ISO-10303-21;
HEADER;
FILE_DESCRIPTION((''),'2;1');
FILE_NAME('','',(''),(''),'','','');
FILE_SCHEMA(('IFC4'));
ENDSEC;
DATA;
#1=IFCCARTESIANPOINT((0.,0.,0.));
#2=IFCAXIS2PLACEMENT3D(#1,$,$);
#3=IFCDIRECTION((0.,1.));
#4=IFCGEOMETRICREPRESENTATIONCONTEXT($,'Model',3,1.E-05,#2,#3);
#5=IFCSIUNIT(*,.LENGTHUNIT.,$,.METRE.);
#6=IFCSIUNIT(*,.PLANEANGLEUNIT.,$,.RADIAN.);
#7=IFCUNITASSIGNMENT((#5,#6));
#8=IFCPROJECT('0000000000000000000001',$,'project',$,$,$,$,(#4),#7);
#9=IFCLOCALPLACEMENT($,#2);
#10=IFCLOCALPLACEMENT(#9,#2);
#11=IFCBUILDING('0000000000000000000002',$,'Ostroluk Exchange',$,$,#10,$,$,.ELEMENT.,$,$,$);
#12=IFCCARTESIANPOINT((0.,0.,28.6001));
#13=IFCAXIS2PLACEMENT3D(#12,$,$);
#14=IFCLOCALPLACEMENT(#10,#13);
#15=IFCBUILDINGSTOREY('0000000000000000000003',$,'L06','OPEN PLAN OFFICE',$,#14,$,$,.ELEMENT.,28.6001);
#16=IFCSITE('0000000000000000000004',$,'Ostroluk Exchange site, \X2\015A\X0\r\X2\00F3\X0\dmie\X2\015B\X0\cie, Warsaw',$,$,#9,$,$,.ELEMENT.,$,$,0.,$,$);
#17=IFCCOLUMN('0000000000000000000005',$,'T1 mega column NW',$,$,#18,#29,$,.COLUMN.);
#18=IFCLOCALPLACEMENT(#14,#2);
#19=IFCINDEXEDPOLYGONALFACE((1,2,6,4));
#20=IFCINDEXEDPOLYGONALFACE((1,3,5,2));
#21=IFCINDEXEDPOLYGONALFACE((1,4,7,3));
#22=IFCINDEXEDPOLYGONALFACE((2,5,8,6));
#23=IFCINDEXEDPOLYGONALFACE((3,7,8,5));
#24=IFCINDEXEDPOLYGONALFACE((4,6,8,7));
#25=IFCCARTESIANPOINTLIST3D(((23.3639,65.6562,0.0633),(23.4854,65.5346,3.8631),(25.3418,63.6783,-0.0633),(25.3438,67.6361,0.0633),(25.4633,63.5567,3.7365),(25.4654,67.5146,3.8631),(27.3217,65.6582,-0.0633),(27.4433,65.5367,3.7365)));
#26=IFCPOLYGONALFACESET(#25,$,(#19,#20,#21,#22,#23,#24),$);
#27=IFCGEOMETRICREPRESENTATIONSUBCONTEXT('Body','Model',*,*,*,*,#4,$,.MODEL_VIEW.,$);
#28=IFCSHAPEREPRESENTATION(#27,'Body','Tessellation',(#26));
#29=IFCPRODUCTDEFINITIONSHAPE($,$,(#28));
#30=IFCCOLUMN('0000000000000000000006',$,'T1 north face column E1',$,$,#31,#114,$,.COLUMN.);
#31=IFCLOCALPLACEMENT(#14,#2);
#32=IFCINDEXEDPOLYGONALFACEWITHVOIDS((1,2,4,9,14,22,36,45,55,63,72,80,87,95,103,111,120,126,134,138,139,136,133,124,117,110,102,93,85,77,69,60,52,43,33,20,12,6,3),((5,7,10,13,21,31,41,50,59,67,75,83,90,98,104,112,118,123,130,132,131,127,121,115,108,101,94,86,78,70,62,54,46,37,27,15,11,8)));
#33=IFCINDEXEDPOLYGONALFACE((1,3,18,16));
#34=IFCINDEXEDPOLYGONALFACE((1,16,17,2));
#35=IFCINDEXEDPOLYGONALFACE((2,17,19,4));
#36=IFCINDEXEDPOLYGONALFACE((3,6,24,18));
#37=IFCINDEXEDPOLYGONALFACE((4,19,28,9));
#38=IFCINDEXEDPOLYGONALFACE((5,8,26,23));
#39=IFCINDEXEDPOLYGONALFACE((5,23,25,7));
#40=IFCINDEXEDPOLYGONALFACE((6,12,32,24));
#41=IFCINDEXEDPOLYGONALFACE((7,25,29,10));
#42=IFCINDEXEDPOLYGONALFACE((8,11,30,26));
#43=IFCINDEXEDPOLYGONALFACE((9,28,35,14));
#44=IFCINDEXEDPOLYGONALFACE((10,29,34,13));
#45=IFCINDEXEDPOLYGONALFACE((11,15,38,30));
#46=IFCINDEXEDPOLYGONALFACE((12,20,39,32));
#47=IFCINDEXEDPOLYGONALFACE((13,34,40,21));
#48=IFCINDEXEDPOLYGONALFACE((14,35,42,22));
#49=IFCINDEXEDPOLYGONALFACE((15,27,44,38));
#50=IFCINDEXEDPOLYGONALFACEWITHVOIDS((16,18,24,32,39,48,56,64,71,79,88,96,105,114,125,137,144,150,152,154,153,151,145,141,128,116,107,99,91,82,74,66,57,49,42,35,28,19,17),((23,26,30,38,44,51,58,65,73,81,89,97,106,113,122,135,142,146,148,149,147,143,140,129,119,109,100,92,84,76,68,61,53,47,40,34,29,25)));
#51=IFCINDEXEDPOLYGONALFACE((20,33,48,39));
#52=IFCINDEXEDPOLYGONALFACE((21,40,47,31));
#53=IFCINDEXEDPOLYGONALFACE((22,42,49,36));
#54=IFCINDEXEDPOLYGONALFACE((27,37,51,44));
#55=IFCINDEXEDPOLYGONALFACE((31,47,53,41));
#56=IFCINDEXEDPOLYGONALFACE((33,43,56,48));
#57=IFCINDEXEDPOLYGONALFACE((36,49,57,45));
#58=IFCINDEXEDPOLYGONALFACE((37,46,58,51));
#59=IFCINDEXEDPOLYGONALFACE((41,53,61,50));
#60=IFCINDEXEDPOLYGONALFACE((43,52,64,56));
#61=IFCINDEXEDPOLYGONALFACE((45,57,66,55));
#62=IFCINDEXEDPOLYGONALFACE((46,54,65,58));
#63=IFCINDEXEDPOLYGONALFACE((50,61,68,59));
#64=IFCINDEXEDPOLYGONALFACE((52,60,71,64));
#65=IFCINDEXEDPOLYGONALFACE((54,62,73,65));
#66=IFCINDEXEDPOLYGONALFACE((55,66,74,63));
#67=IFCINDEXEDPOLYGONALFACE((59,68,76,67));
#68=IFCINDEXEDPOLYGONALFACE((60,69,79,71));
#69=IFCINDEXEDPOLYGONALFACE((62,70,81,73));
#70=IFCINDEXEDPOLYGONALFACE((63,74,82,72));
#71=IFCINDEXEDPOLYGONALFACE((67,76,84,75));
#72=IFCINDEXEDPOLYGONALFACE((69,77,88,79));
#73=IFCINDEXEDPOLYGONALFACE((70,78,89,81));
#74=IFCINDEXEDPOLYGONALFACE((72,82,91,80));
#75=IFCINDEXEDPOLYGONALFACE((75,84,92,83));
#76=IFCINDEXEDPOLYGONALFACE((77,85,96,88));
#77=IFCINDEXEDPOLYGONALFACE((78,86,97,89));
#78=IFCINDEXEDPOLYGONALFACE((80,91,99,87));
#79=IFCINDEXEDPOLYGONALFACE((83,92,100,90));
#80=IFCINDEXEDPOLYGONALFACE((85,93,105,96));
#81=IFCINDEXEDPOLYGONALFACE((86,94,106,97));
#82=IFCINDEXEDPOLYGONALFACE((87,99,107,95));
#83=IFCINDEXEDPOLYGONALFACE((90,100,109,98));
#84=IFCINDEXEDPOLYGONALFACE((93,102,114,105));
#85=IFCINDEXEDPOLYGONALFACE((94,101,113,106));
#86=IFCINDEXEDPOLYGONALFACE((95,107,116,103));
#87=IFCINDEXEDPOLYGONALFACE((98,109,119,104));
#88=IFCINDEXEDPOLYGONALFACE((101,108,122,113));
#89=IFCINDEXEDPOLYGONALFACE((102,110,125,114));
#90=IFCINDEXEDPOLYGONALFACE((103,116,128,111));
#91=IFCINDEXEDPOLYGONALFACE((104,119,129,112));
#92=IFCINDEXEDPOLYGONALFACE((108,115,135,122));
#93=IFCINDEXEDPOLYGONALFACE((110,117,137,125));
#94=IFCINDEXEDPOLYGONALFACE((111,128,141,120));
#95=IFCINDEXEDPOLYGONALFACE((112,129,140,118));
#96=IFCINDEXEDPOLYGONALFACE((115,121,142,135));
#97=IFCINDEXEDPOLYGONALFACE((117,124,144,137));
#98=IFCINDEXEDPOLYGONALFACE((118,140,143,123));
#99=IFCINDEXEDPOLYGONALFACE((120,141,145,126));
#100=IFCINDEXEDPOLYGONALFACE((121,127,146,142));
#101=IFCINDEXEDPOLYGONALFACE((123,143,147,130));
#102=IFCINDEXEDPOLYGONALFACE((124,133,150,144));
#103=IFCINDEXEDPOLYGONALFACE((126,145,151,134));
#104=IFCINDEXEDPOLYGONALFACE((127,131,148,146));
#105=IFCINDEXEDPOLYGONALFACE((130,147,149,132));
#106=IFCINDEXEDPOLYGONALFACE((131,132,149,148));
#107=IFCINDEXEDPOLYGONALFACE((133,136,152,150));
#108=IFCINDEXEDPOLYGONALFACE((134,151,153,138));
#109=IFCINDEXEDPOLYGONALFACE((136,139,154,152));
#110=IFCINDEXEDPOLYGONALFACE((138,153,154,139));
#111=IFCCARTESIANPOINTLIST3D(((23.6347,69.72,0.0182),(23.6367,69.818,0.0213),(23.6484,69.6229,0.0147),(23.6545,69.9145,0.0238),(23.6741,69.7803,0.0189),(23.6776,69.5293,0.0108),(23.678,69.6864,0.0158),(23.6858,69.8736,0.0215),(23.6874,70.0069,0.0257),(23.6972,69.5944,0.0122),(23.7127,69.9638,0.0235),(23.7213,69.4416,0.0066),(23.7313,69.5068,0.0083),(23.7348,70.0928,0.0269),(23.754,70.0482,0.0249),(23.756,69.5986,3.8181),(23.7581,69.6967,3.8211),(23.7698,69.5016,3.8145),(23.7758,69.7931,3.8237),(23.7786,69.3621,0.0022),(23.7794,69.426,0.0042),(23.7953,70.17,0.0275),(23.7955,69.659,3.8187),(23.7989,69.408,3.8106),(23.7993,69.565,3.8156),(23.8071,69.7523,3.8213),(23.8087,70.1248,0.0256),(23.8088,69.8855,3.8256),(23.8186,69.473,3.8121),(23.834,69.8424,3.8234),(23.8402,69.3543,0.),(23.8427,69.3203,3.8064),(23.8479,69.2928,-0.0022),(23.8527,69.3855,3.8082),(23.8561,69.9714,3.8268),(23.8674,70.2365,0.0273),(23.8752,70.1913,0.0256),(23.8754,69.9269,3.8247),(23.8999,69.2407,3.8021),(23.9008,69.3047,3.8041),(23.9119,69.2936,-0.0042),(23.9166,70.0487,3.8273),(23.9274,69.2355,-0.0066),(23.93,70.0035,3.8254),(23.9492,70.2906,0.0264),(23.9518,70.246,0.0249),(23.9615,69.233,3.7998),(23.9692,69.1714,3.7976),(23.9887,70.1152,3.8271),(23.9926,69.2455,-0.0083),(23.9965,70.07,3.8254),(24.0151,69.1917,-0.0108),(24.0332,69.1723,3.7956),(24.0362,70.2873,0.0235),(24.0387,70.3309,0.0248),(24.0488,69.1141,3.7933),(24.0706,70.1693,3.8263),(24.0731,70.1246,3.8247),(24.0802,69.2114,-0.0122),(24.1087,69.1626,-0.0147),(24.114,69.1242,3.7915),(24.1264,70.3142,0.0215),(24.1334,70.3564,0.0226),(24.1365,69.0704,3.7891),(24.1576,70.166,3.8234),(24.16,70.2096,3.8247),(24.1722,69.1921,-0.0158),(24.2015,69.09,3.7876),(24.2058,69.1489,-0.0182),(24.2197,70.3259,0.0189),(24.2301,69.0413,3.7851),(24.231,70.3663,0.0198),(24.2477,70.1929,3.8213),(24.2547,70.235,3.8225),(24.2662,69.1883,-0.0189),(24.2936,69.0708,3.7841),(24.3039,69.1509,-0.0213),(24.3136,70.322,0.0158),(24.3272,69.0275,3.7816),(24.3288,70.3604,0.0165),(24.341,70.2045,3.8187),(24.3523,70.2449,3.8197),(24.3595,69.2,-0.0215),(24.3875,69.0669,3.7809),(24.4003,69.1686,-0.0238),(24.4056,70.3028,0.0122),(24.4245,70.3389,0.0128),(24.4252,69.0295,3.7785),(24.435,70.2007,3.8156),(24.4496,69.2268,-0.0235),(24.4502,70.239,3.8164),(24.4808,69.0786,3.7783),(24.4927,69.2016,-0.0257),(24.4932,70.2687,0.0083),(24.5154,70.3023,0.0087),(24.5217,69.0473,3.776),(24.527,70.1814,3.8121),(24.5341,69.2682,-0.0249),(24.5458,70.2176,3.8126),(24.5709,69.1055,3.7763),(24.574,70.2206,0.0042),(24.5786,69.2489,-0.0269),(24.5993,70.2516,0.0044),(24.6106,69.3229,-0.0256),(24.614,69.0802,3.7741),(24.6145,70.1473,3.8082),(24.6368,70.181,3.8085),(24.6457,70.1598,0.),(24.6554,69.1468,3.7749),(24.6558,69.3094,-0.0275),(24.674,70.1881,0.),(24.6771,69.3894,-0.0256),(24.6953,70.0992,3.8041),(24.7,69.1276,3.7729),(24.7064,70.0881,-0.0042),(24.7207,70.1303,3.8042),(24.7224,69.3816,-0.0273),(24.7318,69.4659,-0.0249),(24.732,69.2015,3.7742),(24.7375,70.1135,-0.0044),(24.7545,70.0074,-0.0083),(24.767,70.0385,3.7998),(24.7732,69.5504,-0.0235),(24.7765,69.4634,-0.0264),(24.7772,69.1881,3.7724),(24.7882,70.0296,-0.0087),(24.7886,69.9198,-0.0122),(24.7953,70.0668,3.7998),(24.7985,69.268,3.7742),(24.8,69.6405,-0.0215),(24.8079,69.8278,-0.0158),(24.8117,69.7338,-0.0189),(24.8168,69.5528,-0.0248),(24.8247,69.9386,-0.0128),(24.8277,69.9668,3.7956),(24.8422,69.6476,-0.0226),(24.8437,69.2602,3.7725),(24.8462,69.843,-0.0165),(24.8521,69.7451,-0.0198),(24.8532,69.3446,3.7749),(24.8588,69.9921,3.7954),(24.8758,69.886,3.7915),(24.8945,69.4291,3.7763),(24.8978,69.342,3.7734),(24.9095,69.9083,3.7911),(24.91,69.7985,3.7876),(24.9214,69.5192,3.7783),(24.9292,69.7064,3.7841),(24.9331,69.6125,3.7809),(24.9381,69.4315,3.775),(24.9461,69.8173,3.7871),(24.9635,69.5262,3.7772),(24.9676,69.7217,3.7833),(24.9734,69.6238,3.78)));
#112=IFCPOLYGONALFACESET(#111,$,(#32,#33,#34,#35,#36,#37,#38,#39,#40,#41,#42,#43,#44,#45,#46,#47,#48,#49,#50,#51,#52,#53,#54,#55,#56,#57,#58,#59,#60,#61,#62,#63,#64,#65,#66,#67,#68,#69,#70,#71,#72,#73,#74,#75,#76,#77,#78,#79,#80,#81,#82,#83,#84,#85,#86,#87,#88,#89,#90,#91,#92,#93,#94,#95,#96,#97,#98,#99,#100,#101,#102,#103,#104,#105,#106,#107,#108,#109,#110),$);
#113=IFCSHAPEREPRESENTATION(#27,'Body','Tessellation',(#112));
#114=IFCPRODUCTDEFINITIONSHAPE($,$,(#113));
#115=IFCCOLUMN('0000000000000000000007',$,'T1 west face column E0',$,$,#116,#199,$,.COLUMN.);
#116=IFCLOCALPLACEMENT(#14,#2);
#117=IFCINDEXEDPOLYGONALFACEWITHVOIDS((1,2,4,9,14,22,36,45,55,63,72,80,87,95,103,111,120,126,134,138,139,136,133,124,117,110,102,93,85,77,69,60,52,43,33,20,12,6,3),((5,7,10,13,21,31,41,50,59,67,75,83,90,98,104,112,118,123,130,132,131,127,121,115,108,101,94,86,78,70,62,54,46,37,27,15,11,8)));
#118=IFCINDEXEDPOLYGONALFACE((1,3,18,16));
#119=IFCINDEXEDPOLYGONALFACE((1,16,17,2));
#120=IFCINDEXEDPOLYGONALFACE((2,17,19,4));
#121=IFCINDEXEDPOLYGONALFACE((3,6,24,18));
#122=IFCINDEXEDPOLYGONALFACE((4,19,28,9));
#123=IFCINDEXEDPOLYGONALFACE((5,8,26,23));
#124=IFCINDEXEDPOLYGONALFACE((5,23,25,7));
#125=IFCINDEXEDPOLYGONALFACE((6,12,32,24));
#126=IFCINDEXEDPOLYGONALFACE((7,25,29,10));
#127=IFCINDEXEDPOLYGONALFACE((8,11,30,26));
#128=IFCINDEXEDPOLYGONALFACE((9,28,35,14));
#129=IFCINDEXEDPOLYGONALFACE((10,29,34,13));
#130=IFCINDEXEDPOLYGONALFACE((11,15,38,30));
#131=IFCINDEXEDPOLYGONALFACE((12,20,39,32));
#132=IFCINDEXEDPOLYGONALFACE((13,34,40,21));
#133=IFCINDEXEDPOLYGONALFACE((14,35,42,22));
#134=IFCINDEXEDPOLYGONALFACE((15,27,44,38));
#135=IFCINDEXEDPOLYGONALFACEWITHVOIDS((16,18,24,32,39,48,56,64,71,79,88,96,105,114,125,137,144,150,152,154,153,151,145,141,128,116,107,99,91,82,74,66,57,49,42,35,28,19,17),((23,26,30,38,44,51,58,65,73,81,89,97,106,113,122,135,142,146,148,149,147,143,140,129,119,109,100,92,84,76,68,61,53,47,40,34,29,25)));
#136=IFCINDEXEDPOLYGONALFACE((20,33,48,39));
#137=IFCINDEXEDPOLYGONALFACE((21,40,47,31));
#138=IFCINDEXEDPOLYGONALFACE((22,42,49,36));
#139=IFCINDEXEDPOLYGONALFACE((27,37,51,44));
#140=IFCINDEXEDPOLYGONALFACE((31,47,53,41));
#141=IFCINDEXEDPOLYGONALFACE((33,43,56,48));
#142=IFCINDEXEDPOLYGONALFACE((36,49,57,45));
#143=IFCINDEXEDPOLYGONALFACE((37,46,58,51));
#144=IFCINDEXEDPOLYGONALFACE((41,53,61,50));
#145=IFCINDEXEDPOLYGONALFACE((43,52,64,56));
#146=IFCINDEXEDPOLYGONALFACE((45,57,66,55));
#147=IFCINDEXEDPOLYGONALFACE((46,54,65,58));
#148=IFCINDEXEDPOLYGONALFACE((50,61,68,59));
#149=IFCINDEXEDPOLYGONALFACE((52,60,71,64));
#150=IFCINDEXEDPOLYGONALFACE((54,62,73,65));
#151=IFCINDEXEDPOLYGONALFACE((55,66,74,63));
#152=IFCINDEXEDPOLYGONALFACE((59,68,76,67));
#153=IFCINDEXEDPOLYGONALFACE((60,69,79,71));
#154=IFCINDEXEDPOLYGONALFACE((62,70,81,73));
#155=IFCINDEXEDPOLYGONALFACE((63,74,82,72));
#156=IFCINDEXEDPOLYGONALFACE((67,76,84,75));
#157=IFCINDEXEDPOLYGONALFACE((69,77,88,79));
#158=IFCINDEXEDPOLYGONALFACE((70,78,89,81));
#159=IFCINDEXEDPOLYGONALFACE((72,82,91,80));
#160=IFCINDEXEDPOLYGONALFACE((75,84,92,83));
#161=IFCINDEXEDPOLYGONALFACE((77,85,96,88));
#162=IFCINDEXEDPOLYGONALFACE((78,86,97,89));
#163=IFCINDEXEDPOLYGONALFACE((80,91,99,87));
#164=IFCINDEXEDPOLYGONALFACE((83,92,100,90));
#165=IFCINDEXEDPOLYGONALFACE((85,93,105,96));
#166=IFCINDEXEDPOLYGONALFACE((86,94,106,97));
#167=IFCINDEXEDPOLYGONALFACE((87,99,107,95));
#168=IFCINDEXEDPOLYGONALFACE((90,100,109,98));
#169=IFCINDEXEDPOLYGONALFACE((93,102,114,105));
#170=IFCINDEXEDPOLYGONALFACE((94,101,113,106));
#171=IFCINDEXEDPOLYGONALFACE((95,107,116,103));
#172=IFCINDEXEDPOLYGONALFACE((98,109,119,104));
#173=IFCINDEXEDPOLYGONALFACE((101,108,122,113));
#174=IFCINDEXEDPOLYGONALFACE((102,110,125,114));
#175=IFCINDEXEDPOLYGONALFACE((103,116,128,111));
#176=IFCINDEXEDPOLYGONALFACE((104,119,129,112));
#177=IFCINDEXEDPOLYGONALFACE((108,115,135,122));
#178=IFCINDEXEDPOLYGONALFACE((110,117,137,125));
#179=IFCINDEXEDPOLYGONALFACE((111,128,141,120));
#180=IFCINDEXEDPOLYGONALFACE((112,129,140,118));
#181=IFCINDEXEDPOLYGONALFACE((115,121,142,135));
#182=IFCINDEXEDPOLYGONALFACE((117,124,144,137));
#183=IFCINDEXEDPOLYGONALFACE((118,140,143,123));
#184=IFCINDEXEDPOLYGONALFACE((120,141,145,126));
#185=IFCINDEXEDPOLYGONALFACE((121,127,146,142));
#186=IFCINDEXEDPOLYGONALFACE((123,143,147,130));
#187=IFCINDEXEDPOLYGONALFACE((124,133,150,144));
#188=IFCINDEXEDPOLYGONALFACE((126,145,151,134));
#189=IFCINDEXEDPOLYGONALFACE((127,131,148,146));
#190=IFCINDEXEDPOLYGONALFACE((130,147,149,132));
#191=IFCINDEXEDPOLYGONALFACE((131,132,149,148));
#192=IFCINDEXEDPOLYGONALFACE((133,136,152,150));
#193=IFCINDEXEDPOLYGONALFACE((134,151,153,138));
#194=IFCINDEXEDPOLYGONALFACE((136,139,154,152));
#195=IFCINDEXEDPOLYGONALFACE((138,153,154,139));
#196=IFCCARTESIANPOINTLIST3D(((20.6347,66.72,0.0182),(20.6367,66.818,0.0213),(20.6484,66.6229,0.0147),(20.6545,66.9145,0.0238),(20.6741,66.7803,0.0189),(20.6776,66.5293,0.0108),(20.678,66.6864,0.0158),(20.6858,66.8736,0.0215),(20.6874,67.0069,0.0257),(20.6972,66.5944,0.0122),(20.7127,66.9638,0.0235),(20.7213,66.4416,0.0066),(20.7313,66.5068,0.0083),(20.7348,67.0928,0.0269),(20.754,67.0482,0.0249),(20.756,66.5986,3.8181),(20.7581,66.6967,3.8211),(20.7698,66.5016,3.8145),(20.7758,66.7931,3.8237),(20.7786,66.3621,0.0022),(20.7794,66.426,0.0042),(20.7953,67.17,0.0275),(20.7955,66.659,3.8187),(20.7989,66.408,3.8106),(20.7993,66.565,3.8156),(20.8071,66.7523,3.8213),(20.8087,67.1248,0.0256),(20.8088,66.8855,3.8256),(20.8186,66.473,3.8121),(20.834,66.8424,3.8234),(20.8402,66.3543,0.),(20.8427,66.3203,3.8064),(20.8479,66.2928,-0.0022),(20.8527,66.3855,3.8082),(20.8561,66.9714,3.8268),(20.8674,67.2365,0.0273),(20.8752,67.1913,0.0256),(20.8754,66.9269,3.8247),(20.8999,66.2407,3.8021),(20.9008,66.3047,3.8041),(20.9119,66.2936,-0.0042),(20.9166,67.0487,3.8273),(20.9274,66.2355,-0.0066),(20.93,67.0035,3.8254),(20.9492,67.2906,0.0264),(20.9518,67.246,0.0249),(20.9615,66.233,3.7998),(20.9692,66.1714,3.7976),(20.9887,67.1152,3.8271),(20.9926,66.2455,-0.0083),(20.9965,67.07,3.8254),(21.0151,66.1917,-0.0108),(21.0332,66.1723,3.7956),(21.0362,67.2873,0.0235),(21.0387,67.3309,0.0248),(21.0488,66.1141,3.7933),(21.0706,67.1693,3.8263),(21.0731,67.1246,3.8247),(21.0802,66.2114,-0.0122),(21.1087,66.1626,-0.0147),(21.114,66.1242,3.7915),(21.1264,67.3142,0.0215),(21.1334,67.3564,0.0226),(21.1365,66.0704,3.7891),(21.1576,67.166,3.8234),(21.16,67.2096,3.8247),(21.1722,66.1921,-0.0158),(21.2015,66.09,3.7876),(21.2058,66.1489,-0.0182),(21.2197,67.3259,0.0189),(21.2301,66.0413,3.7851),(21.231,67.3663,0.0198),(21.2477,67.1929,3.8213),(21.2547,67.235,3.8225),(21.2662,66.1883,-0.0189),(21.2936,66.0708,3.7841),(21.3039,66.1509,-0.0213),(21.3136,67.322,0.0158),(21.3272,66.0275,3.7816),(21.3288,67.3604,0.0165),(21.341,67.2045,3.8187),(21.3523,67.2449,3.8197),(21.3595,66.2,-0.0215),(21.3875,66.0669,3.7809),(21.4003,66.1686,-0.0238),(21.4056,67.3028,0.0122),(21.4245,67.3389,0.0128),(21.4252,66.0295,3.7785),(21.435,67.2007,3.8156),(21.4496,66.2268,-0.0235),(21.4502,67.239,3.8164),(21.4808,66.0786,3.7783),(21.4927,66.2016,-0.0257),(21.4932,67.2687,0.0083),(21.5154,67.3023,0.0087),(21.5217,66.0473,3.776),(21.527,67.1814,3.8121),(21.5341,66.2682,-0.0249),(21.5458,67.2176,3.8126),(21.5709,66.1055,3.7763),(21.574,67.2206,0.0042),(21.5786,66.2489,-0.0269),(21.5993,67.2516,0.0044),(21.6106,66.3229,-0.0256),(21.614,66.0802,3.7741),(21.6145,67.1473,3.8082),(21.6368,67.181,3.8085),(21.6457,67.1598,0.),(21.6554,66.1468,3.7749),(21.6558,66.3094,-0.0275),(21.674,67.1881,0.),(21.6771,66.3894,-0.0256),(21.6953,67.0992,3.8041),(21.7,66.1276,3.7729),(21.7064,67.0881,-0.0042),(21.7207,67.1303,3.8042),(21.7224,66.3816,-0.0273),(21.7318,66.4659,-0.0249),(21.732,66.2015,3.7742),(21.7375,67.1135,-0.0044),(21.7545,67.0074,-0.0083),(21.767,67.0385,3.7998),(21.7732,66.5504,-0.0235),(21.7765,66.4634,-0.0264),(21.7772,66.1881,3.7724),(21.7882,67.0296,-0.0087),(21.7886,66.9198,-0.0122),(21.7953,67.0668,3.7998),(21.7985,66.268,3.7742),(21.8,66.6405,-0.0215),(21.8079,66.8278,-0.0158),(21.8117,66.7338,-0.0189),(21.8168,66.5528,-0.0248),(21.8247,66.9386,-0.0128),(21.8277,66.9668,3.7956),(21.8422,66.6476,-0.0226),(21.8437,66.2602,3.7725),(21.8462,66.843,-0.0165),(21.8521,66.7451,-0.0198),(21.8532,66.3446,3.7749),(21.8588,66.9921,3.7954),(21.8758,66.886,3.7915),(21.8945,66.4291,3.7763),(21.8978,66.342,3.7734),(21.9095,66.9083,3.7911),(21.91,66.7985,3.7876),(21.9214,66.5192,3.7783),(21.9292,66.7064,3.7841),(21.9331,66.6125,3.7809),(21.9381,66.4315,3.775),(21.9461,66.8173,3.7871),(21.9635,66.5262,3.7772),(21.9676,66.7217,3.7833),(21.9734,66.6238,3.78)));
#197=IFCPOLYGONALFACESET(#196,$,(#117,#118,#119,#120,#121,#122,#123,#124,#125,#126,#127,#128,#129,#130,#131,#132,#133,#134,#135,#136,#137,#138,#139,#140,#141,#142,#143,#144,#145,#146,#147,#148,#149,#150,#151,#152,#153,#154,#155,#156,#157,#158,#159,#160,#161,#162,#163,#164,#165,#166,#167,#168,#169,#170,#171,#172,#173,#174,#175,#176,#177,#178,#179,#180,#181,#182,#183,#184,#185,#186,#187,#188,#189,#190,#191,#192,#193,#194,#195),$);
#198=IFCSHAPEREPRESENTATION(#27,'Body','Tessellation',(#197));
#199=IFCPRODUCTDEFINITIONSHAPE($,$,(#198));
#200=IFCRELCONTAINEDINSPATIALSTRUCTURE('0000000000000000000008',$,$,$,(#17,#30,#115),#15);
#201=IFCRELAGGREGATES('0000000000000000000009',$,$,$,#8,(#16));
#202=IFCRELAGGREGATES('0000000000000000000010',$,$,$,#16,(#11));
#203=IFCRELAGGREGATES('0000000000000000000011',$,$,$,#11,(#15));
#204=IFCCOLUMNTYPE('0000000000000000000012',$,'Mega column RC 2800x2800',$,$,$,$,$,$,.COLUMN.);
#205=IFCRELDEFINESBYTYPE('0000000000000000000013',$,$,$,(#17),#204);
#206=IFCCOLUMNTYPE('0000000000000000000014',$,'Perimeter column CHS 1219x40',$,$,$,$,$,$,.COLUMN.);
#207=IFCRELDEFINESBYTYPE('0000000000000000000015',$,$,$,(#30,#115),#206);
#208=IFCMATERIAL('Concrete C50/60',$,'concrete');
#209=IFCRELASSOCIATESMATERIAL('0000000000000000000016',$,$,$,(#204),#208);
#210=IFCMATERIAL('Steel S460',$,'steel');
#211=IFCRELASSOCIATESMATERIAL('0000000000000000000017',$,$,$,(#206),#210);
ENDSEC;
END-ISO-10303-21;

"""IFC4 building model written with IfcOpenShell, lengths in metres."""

from ifc_helpers import new_model, si_unit, direction, frame, origin, origin_2d, place, context, subcontext, project, spatial, rectangle, hollow_circle, extrude, material, material_profile, profile_set, type_object, element, save


model = new_model("IFC4")

# Units and contexts
model_context = context("Model", 3, precision=1e-05, world=origin(), true_north=direction((0.0, 1.0)))
body_context = subcontext(model_context, "Body", "Model", "MODEL_VIEW")
ifc_project = project(units=[si_unit("LENGTHUNIT", "METRE"), si_unit("PLANEANGLEUNIT", "RADIAN")], contexts=[model_context])

# Site, building, storey
site_placement = place(None, origin())
site = spatial("IfcSite", under=ifc_project, at=site_placement, Name="Ostroluk Exchange site, Śródmieście, Warsaw", CompositionType="ELEMENT", RefElevation=0.0)
building_placement = place(site_placement, origin())
building = spatial("IfcBuilding", under=site, at=building_placement, Name="Ostroluk Exchange", CompositionType="ELEMENT")
storey_placement = place(building_placement, frame((0.0, 0.0, 28.6001)))
storey = spatial("IfcBuildingStorey", under=building, at=storey_placement, Name="L06", Description="OPEN PLAN OFFICE", CompositionType="ELEMENT", Elevation=28.6001)

# Columns
ifc_material_1 = material(Name="Concrete C50/60", Category="concrete")
ifc_material_profile_1 = material_profile(ifc_material_1, rectangle(XDim=2.8, YDim=2.8, at=origin_2d()), Name="RC 2800x2800")
ifc_profile_set_1 = profile_set([ifc_material_profile_1], Name="Concrete C50/60")
column_type_1 = type_object("IfcColumnType", Name="Mega column RC 2800x2800", PredefinedType="COLUMN", material=ifc_profile_set_1)
column_placement = place(storey_placement, frame((25.3428, 65.6572, 0.0), z_axis=(0.031964, -0.031964, 0.998978), x_axis=(0.707107, 0.707107, 0.0)))
element("IfcColumn", 1, at=column_placement, inside=storey, type_object=column_type_1, Name="T1 mega column NW", PredefinedType="COLUMN", context=body_context, shape_type="SweptSolid", body=[
    extrude(rectangle(XDim=2.8, YDim=2.8, at=origin_2d()), origin(), (0.0, 0.0, 1.0), 3.8037),
])
ifc_material_2 = material(Name="Steel S460", Category="steel")
ifc_material_profile_2 = material_profile(ifc_material_2, hollow_circle(Radius=0.6096, WallThickness=0.04, at=origin_2d()), Name="CHS 1219x40")
ifc_profile_set_2 = profile_set([ifc_material_profile_2], Name="Steel S460")
column_type_2 = type_object("IfcColumnType", Name="Perimeter column CHS 1219x40", PredefinedType="COLUMN", material=ifc_profile_set_2)
for number, where, z_axis, x_axis, name in (
    (2, (24.2429, 69.7571, 0.0), (0.0319, -0.0319, 0.998982), (0.707107, 0.707107, 0.0), "T1 north face column E1"),
    (3, (21.2429, 66.7571, 0.0), (0.0319, -0.0319, 0.998982), (0.707107, 0.707107, 0.0), "T1 west face column E0"),
):
    element("IfcColumn", number, at=place(storey_placement, frame(where, z_axis=z_axis, x_axis=x_axis)), inside=storey, type_object=column_type_2, Name=name, PredefinedType="COLUMN", context=body_context, shape_type="SweptSolid", body=[
        extrude(hollow_circle(Radius=0.6096, WallThickness=0.04, at=origin_2d()), origin(), (0.0, 0.0, 1.0), 3.8037),
    ])

save(model, "model.ifc")
